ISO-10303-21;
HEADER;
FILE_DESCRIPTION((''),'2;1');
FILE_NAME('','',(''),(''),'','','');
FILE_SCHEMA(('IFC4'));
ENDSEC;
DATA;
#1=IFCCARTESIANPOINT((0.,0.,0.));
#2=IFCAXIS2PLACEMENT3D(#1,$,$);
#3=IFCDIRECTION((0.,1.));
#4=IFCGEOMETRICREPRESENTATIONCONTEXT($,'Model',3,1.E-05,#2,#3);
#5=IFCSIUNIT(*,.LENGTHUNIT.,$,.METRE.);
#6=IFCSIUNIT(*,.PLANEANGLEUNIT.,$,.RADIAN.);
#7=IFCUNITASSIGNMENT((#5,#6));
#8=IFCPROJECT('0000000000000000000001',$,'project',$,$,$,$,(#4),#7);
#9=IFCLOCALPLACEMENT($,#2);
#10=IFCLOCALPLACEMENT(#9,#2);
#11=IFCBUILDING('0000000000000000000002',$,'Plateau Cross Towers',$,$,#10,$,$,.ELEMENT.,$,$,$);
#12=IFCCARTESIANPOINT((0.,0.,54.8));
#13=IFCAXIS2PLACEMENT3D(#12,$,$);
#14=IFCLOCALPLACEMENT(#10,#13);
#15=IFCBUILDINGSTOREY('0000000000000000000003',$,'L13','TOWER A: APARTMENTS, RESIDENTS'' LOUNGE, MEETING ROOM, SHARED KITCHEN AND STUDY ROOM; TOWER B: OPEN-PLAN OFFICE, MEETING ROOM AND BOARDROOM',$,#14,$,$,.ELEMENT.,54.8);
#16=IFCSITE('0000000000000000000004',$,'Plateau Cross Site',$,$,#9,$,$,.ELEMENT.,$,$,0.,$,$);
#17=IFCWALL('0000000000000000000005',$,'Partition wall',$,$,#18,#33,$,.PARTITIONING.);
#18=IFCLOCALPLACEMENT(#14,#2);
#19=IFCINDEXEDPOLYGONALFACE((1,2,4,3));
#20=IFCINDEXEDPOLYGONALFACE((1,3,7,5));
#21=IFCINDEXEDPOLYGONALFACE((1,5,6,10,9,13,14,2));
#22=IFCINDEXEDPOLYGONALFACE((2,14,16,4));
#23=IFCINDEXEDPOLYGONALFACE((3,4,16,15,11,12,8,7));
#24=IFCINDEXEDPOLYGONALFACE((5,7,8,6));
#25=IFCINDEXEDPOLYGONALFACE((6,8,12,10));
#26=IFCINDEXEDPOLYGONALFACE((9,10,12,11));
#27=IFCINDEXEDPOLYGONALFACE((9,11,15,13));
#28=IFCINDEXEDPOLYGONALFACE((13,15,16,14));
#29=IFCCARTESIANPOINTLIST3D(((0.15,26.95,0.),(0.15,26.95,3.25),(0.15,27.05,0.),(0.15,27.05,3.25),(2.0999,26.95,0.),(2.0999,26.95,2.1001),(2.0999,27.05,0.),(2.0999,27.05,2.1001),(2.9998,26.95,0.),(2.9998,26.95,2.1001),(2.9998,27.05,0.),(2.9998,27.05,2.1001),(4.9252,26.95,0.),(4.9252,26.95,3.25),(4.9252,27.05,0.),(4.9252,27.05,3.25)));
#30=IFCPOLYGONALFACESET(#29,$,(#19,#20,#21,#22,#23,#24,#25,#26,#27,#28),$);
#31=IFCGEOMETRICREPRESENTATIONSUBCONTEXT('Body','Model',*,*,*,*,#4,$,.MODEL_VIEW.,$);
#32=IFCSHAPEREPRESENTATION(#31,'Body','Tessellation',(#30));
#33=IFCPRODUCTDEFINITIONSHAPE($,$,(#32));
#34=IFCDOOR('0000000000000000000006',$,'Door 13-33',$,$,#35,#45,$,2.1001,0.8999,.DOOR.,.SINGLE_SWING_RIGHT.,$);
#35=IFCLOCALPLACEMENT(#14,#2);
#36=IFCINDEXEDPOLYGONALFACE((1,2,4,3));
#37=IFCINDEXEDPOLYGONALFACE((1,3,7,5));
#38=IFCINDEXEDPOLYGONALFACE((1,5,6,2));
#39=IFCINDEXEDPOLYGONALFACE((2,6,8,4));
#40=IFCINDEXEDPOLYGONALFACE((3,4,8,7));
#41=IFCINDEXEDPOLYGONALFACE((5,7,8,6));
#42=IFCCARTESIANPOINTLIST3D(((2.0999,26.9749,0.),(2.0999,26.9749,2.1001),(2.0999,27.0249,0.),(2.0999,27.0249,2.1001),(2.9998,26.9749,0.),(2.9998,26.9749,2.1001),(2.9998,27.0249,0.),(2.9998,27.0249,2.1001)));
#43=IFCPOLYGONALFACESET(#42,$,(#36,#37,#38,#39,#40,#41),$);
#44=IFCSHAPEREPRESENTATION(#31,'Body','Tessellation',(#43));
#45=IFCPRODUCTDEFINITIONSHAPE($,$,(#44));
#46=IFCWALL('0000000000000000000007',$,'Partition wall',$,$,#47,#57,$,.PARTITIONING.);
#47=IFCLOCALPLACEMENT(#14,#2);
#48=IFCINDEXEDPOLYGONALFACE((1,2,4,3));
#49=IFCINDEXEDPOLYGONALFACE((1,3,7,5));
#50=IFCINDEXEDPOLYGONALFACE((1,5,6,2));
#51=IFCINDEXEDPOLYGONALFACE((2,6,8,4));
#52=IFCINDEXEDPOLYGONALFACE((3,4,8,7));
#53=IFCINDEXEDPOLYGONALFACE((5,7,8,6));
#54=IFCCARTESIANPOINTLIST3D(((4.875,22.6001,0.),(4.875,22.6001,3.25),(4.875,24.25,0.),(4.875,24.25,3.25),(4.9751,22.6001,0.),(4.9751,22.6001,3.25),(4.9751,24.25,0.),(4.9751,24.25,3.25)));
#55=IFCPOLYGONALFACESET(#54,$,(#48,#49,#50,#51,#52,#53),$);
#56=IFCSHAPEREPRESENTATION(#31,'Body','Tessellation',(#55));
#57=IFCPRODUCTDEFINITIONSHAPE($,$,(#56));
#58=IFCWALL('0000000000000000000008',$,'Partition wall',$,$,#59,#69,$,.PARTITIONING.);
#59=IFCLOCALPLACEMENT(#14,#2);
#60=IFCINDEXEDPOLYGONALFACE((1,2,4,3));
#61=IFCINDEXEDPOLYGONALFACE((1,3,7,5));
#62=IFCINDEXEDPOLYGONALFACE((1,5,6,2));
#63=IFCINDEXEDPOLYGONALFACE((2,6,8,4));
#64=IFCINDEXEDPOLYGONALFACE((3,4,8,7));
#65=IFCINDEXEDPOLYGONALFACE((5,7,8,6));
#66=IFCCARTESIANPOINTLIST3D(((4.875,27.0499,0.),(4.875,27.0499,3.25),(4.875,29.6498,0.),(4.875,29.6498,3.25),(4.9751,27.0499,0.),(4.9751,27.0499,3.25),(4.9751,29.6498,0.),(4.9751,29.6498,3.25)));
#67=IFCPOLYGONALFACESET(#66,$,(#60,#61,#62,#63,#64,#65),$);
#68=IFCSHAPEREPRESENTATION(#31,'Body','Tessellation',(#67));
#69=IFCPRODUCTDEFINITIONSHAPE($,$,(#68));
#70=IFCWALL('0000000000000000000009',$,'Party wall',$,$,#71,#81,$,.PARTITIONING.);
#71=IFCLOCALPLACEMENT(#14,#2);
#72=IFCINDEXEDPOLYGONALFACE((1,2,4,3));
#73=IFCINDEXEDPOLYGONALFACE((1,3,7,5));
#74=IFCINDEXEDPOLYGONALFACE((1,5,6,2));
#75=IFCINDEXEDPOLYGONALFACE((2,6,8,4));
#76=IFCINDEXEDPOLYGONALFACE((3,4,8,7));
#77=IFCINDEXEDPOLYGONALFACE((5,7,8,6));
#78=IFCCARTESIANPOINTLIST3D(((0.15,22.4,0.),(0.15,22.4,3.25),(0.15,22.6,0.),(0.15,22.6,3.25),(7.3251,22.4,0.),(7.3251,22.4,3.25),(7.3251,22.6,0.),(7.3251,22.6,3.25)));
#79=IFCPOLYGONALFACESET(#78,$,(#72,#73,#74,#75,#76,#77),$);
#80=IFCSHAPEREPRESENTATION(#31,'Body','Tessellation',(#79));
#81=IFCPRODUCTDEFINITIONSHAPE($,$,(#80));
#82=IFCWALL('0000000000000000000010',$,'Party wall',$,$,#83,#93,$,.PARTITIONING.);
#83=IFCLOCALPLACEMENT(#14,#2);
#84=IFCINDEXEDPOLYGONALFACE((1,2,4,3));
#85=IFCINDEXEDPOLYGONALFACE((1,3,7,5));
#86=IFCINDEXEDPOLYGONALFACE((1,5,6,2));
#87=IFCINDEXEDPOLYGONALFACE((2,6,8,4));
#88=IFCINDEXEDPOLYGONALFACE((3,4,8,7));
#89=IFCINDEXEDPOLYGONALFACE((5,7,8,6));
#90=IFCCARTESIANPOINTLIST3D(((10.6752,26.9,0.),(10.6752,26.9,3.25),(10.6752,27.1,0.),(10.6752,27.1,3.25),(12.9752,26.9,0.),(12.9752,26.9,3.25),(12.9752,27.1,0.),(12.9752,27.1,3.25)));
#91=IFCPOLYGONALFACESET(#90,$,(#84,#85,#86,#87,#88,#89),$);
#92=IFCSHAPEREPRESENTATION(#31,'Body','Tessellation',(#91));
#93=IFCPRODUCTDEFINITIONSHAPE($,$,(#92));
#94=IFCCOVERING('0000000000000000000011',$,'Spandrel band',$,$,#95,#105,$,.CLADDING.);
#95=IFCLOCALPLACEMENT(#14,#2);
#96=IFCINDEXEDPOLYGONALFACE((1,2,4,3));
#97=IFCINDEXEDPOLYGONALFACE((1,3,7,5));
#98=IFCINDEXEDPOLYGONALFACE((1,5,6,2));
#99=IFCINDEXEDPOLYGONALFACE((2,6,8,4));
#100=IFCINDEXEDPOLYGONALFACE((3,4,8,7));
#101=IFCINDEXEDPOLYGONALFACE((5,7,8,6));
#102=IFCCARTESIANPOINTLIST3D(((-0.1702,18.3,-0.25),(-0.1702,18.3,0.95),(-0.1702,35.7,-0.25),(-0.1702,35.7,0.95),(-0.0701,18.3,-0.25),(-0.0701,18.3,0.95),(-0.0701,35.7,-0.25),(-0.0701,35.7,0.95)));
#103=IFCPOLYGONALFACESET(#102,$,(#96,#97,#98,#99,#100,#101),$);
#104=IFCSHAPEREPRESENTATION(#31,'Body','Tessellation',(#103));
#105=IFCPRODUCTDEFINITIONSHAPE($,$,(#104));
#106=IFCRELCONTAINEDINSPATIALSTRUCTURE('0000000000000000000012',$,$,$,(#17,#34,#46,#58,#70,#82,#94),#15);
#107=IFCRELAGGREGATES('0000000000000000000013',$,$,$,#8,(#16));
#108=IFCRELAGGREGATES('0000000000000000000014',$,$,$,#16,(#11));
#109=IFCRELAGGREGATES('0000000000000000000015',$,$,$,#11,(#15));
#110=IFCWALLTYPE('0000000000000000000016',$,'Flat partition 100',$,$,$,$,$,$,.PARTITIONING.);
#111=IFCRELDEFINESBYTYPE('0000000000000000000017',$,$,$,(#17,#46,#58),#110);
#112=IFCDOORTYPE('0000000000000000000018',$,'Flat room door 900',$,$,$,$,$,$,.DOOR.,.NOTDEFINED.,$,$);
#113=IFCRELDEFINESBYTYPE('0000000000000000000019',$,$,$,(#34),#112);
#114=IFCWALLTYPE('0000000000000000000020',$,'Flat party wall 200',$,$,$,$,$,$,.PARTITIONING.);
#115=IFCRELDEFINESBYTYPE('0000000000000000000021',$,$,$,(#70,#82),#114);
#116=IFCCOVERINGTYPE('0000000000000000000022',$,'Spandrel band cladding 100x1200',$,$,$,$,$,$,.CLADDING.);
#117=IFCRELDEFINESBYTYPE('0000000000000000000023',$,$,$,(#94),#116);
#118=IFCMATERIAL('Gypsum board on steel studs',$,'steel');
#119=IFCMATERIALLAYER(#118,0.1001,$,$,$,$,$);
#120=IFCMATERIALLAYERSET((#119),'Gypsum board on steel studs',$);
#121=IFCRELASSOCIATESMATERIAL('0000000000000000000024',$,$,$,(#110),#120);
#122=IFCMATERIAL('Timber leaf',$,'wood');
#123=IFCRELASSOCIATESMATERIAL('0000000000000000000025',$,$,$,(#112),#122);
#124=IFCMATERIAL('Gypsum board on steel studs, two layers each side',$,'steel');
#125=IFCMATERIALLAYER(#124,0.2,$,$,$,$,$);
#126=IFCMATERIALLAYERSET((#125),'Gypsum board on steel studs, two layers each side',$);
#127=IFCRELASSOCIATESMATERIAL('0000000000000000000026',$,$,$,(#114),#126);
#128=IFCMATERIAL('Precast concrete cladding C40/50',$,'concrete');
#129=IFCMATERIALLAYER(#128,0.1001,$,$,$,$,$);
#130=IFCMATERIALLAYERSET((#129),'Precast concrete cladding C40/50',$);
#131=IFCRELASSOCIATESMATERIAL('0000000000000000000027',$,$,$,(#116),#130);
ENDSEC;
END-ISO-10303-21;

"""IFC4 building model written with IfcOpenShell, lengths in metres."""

from ifc_helpers import new_model, si_unit, direction, frame, frame_2d, origin, origin_2d, place, context, subcontext, project, spatial, rectangle, extrude, material, layer, layer_set, type_object, element, fill, save


model = new_model("IFC4")

# Units and contexts
model_context = context("Model", 3, precision=1e-05, world=origin(), true_north=direction((0.0, 1.0)))
body_context = subcontext(model_context, "Body", "Model", "MODEL_VIEW")
ifc_project = project(units=[si_unit("LENGTHUNIT", "METRE"), si_unit("PLANEANGLEUNIT", "RADIAN")], contexts=[model_context])

# Site, building, storey
site_placement = place(None, origin())
site = spatial("IfcSite", under=ifc_project, at=site_placement, Name="Plateau Cross Site", CompositionType="ELEMENT", RefElevation=0.0)
building_placement = place(site_placement, origin())
building = spatial("IfcBuilding", under=site, at=building_placement, Name="Plateau Cross Towers", CompositionType="ELEMENT")
storey_placement = place(building_placement, frame((0.0, 0.0, 54.8)))
storey = spatial("IfcBuildingStorey", under=building, at=storey_placement, Name="L13", Description="TOWER A: APARTMENTS, RESIDENTS' LOUNGE, MEETING ROOM, SHARED KITCHEN AND STUDY ROOM; TOWER B: OPEN-PLAN OFFICE, MEETING ROOM AND BOARDROOM", CompositionType="ELEMENT", Elevation=54.8)

# Wall, opening, door
ifc_material_1 = material(Name="Gypsum board on steel studs", Category="steel")
ifc_layer_1 = layer(ifc_material_1, 0.1001)
ifc_layer_set_1 = layer_set([ifc_layer_1], Name="Gypsum board on steel studs")
wall_type_1 = type_object("IfcWallType", Name="Flat partition 100", PredefinedType="PARTITIONING", material=ifc_layer_set_1)
ifc_material_2 = material(Name="Timber leaf", Category="wood")
door_type_1 = type_object("IfcDoorType", Name="Flat room door 900", OperationType="NOTDEFINED", PredefinedType="DOOR", material=ifc_material_2)
wall_1_placement = place(storey_placement, frame((0.1499, 27.0, 0.0), z_axis=(0.0, 0.0, 1.0), x_axis=(1.0, 0.0, 0.0)))
wall_1 = element("IfcWall", 1, at=wall_1_placement, inside=storey, type_object=wall_type_1, Name="Partition wall", PredefinedType="PARTITIONING", context=body_context, shape_type="SweptSolid", body=[
    extrude(rectangle(XDim=4.7751, YDim=0.1001, at=frame_2d((2.3877, 0.0))), origin(), (0.0, 0.0, 1.0), 3.25),
])
opening_1_placement = place(wall_1_placement, frame((1.95, 0.0, 0.0)))
opening_1 = element("IfcOpeningElement", 2, at=opening_1_placement, cuts=wall_1, PredefinedType="OPENING", context=body_context, shape_type="SweptSolid", body=[
    extrude(rectangle(XDim=0.8999, YDim=2.1001, at=frame_2d((0.45, 1.05))), frame((0.0, 0.0601, 0.0), z_axis=(0.0, -1.0, 0.0), x_axis=(1.0, 0.0, 0.0)), (0.0, 0.0, 1.0), 0.1201),
])
door_1_placement = place(opening_1_placement, origin())
door_1 = element("IfcDoor", 3, at=door_1_placement, inside=storey, type_object=door_type_1, Name="Door 13-33", OperationType="SINGLE_SWING_RIGHT", OverallHeight=2.1001, OverallWidth=0.8999, PredefinedType="DOOR", context=body_context, shape_type="SweptSolid", body=[
    extrude(rectangle(XDim=0.8999, YDim=2.1001, at=frame_2d((0.45, 1.05))), frame((0.0, 0.0249, 0.0), z_axis=(0.0, -1.0, 0.0), x_axis=(1.0, 0.0, 0.0)), (0.0, 0.0, 1.0), 0.05),
])
fill(opening_1, door_1)

# Walls
wall_2_placement = place(storey_placement, frame((4.925, 24.25, 0.0), z_axis=(0.0, 0.0, 1.0), x_axis=(0.0, -1.0, 0.0)))
element("IfcWall", 4, at=wall_2_placement, inside=storey, type_object=wall_type_1, Name="Partition wall", PredefinedType="PARTITIONING", context=body_context, shape_type="SweptSolid", body=[
    extrude(rectangle(XDim=1.6499, YDim=0.1001, at=frame_2d((0.825, 0.0))), origin(), (0.0, 0.0, 1.0), 3.25),
])
wall_3_placement = place(storey_placement, frame((4.925, 27.05, 0.0), z_axis=(0.0, 0.0, 1.0), x_axis=(0.0, 1.0, 0.0)))
element("IfcWall", 5, at=wall_3_placement, inside=storey, type_object=wall_type_1, Name="Partition wall", PredefinedType="PARTITIONING", context=body_context, shape_type="SweptSolid", body=[
    extrude(rectangle(XDim=2.5999, YDim=0.1001, at=frame_2d((1.2998, 0.0))), origin(), (0.0, 0.0, 1.0), 3.25),
])
ifc_material_3 = material(Name="Gypsum board on steel studs, two layers each side", Category="steel")
ifc_layer_2 = layer(ifc_material_3, 0.2)
ifc_layer_set_2 = layer_set([ifc_layer_2], Name="Gypsum board on steel studs, two layers each side")
wall_type_2 = type_object("IfcWallType", Name="Flat party wall 200", PredefinedType="PARTITIONING", material=ifc_layer_set_2)
wall_4_placement = place(storey_placement, frame((7.325, 22.5, 0.0), z_axis=(0.0, 0.0, 1.0), x_axis=(-1.0, 0.0, 0.0)))
element("IfcWall", 6, at=wall_4_placement, inside=storey, type_object=wall_type_2, Name="Party wall", PredefinedType="PARTITIONING", context=body_context, shape_type="SweptSolid", body=[
    extrude(rectangle(XDim=7.175, YDim=0.2, at=frame_2d((3.5874, 0.0))), origin(), (0.0, 0.0, 1.0), 3.25),
])
wall_5_placement = place(storey_placement, frame((12.9751, 27.0, 0.0), z_axis=(0.0, 0.0, 1.0), x_axis=(-1.0, 0.0, 0.0)))
element("IfcWall", 7, at=wall_5_placement, inside=storey, type_object=wall_type_2, Name="Party wall", PredefinedType="PARTITIONING", context=body_context, shape_type="SweptSolid", body=[
    extrude(rectangle(XDim=2.3, YDim=0.2, at=frame_2d((1.1499, 0.0))), origin(), (0.0, 0.0, 1.0), 3.25),
])

# Covering
ifc_material_4 = material(Name="Precast concrete cladding C40/50", Category="concrete")
ifc_layer_3 = layer(ifc_material_4, 0.1001)
ifc_layer_set_3 = layer_set([ifc_layer_3], Name="Precast concrete cladding C40/50")
covering_type = type_object("IfcCoveringType", Name="Spandrel band cladding 100x1200", PredefinedType="CLADDING", material=ifc_layer_set_3)
covering_placement = place(storey_placement, frame((-0.1201, 27.0, -0.25), z_axis=(0.0, 0.0, 1.0), x_axis=(0.0, -1.0, 0.0)))
element("IfcCovering", 8, at=covering_placement, inside=storey, type_object=covering_type, Name="Spandrel band", PredefinedType="CLADDING", context=body_context, shape_type="SweptSolid", body=[
    extrude(rectangle(XDim=17.3999, YDim=0.1001, at=origin_2d()), origin(), (0.0, 0.0, 1.0), 1.2),
])

save(model, "model.ifc")
